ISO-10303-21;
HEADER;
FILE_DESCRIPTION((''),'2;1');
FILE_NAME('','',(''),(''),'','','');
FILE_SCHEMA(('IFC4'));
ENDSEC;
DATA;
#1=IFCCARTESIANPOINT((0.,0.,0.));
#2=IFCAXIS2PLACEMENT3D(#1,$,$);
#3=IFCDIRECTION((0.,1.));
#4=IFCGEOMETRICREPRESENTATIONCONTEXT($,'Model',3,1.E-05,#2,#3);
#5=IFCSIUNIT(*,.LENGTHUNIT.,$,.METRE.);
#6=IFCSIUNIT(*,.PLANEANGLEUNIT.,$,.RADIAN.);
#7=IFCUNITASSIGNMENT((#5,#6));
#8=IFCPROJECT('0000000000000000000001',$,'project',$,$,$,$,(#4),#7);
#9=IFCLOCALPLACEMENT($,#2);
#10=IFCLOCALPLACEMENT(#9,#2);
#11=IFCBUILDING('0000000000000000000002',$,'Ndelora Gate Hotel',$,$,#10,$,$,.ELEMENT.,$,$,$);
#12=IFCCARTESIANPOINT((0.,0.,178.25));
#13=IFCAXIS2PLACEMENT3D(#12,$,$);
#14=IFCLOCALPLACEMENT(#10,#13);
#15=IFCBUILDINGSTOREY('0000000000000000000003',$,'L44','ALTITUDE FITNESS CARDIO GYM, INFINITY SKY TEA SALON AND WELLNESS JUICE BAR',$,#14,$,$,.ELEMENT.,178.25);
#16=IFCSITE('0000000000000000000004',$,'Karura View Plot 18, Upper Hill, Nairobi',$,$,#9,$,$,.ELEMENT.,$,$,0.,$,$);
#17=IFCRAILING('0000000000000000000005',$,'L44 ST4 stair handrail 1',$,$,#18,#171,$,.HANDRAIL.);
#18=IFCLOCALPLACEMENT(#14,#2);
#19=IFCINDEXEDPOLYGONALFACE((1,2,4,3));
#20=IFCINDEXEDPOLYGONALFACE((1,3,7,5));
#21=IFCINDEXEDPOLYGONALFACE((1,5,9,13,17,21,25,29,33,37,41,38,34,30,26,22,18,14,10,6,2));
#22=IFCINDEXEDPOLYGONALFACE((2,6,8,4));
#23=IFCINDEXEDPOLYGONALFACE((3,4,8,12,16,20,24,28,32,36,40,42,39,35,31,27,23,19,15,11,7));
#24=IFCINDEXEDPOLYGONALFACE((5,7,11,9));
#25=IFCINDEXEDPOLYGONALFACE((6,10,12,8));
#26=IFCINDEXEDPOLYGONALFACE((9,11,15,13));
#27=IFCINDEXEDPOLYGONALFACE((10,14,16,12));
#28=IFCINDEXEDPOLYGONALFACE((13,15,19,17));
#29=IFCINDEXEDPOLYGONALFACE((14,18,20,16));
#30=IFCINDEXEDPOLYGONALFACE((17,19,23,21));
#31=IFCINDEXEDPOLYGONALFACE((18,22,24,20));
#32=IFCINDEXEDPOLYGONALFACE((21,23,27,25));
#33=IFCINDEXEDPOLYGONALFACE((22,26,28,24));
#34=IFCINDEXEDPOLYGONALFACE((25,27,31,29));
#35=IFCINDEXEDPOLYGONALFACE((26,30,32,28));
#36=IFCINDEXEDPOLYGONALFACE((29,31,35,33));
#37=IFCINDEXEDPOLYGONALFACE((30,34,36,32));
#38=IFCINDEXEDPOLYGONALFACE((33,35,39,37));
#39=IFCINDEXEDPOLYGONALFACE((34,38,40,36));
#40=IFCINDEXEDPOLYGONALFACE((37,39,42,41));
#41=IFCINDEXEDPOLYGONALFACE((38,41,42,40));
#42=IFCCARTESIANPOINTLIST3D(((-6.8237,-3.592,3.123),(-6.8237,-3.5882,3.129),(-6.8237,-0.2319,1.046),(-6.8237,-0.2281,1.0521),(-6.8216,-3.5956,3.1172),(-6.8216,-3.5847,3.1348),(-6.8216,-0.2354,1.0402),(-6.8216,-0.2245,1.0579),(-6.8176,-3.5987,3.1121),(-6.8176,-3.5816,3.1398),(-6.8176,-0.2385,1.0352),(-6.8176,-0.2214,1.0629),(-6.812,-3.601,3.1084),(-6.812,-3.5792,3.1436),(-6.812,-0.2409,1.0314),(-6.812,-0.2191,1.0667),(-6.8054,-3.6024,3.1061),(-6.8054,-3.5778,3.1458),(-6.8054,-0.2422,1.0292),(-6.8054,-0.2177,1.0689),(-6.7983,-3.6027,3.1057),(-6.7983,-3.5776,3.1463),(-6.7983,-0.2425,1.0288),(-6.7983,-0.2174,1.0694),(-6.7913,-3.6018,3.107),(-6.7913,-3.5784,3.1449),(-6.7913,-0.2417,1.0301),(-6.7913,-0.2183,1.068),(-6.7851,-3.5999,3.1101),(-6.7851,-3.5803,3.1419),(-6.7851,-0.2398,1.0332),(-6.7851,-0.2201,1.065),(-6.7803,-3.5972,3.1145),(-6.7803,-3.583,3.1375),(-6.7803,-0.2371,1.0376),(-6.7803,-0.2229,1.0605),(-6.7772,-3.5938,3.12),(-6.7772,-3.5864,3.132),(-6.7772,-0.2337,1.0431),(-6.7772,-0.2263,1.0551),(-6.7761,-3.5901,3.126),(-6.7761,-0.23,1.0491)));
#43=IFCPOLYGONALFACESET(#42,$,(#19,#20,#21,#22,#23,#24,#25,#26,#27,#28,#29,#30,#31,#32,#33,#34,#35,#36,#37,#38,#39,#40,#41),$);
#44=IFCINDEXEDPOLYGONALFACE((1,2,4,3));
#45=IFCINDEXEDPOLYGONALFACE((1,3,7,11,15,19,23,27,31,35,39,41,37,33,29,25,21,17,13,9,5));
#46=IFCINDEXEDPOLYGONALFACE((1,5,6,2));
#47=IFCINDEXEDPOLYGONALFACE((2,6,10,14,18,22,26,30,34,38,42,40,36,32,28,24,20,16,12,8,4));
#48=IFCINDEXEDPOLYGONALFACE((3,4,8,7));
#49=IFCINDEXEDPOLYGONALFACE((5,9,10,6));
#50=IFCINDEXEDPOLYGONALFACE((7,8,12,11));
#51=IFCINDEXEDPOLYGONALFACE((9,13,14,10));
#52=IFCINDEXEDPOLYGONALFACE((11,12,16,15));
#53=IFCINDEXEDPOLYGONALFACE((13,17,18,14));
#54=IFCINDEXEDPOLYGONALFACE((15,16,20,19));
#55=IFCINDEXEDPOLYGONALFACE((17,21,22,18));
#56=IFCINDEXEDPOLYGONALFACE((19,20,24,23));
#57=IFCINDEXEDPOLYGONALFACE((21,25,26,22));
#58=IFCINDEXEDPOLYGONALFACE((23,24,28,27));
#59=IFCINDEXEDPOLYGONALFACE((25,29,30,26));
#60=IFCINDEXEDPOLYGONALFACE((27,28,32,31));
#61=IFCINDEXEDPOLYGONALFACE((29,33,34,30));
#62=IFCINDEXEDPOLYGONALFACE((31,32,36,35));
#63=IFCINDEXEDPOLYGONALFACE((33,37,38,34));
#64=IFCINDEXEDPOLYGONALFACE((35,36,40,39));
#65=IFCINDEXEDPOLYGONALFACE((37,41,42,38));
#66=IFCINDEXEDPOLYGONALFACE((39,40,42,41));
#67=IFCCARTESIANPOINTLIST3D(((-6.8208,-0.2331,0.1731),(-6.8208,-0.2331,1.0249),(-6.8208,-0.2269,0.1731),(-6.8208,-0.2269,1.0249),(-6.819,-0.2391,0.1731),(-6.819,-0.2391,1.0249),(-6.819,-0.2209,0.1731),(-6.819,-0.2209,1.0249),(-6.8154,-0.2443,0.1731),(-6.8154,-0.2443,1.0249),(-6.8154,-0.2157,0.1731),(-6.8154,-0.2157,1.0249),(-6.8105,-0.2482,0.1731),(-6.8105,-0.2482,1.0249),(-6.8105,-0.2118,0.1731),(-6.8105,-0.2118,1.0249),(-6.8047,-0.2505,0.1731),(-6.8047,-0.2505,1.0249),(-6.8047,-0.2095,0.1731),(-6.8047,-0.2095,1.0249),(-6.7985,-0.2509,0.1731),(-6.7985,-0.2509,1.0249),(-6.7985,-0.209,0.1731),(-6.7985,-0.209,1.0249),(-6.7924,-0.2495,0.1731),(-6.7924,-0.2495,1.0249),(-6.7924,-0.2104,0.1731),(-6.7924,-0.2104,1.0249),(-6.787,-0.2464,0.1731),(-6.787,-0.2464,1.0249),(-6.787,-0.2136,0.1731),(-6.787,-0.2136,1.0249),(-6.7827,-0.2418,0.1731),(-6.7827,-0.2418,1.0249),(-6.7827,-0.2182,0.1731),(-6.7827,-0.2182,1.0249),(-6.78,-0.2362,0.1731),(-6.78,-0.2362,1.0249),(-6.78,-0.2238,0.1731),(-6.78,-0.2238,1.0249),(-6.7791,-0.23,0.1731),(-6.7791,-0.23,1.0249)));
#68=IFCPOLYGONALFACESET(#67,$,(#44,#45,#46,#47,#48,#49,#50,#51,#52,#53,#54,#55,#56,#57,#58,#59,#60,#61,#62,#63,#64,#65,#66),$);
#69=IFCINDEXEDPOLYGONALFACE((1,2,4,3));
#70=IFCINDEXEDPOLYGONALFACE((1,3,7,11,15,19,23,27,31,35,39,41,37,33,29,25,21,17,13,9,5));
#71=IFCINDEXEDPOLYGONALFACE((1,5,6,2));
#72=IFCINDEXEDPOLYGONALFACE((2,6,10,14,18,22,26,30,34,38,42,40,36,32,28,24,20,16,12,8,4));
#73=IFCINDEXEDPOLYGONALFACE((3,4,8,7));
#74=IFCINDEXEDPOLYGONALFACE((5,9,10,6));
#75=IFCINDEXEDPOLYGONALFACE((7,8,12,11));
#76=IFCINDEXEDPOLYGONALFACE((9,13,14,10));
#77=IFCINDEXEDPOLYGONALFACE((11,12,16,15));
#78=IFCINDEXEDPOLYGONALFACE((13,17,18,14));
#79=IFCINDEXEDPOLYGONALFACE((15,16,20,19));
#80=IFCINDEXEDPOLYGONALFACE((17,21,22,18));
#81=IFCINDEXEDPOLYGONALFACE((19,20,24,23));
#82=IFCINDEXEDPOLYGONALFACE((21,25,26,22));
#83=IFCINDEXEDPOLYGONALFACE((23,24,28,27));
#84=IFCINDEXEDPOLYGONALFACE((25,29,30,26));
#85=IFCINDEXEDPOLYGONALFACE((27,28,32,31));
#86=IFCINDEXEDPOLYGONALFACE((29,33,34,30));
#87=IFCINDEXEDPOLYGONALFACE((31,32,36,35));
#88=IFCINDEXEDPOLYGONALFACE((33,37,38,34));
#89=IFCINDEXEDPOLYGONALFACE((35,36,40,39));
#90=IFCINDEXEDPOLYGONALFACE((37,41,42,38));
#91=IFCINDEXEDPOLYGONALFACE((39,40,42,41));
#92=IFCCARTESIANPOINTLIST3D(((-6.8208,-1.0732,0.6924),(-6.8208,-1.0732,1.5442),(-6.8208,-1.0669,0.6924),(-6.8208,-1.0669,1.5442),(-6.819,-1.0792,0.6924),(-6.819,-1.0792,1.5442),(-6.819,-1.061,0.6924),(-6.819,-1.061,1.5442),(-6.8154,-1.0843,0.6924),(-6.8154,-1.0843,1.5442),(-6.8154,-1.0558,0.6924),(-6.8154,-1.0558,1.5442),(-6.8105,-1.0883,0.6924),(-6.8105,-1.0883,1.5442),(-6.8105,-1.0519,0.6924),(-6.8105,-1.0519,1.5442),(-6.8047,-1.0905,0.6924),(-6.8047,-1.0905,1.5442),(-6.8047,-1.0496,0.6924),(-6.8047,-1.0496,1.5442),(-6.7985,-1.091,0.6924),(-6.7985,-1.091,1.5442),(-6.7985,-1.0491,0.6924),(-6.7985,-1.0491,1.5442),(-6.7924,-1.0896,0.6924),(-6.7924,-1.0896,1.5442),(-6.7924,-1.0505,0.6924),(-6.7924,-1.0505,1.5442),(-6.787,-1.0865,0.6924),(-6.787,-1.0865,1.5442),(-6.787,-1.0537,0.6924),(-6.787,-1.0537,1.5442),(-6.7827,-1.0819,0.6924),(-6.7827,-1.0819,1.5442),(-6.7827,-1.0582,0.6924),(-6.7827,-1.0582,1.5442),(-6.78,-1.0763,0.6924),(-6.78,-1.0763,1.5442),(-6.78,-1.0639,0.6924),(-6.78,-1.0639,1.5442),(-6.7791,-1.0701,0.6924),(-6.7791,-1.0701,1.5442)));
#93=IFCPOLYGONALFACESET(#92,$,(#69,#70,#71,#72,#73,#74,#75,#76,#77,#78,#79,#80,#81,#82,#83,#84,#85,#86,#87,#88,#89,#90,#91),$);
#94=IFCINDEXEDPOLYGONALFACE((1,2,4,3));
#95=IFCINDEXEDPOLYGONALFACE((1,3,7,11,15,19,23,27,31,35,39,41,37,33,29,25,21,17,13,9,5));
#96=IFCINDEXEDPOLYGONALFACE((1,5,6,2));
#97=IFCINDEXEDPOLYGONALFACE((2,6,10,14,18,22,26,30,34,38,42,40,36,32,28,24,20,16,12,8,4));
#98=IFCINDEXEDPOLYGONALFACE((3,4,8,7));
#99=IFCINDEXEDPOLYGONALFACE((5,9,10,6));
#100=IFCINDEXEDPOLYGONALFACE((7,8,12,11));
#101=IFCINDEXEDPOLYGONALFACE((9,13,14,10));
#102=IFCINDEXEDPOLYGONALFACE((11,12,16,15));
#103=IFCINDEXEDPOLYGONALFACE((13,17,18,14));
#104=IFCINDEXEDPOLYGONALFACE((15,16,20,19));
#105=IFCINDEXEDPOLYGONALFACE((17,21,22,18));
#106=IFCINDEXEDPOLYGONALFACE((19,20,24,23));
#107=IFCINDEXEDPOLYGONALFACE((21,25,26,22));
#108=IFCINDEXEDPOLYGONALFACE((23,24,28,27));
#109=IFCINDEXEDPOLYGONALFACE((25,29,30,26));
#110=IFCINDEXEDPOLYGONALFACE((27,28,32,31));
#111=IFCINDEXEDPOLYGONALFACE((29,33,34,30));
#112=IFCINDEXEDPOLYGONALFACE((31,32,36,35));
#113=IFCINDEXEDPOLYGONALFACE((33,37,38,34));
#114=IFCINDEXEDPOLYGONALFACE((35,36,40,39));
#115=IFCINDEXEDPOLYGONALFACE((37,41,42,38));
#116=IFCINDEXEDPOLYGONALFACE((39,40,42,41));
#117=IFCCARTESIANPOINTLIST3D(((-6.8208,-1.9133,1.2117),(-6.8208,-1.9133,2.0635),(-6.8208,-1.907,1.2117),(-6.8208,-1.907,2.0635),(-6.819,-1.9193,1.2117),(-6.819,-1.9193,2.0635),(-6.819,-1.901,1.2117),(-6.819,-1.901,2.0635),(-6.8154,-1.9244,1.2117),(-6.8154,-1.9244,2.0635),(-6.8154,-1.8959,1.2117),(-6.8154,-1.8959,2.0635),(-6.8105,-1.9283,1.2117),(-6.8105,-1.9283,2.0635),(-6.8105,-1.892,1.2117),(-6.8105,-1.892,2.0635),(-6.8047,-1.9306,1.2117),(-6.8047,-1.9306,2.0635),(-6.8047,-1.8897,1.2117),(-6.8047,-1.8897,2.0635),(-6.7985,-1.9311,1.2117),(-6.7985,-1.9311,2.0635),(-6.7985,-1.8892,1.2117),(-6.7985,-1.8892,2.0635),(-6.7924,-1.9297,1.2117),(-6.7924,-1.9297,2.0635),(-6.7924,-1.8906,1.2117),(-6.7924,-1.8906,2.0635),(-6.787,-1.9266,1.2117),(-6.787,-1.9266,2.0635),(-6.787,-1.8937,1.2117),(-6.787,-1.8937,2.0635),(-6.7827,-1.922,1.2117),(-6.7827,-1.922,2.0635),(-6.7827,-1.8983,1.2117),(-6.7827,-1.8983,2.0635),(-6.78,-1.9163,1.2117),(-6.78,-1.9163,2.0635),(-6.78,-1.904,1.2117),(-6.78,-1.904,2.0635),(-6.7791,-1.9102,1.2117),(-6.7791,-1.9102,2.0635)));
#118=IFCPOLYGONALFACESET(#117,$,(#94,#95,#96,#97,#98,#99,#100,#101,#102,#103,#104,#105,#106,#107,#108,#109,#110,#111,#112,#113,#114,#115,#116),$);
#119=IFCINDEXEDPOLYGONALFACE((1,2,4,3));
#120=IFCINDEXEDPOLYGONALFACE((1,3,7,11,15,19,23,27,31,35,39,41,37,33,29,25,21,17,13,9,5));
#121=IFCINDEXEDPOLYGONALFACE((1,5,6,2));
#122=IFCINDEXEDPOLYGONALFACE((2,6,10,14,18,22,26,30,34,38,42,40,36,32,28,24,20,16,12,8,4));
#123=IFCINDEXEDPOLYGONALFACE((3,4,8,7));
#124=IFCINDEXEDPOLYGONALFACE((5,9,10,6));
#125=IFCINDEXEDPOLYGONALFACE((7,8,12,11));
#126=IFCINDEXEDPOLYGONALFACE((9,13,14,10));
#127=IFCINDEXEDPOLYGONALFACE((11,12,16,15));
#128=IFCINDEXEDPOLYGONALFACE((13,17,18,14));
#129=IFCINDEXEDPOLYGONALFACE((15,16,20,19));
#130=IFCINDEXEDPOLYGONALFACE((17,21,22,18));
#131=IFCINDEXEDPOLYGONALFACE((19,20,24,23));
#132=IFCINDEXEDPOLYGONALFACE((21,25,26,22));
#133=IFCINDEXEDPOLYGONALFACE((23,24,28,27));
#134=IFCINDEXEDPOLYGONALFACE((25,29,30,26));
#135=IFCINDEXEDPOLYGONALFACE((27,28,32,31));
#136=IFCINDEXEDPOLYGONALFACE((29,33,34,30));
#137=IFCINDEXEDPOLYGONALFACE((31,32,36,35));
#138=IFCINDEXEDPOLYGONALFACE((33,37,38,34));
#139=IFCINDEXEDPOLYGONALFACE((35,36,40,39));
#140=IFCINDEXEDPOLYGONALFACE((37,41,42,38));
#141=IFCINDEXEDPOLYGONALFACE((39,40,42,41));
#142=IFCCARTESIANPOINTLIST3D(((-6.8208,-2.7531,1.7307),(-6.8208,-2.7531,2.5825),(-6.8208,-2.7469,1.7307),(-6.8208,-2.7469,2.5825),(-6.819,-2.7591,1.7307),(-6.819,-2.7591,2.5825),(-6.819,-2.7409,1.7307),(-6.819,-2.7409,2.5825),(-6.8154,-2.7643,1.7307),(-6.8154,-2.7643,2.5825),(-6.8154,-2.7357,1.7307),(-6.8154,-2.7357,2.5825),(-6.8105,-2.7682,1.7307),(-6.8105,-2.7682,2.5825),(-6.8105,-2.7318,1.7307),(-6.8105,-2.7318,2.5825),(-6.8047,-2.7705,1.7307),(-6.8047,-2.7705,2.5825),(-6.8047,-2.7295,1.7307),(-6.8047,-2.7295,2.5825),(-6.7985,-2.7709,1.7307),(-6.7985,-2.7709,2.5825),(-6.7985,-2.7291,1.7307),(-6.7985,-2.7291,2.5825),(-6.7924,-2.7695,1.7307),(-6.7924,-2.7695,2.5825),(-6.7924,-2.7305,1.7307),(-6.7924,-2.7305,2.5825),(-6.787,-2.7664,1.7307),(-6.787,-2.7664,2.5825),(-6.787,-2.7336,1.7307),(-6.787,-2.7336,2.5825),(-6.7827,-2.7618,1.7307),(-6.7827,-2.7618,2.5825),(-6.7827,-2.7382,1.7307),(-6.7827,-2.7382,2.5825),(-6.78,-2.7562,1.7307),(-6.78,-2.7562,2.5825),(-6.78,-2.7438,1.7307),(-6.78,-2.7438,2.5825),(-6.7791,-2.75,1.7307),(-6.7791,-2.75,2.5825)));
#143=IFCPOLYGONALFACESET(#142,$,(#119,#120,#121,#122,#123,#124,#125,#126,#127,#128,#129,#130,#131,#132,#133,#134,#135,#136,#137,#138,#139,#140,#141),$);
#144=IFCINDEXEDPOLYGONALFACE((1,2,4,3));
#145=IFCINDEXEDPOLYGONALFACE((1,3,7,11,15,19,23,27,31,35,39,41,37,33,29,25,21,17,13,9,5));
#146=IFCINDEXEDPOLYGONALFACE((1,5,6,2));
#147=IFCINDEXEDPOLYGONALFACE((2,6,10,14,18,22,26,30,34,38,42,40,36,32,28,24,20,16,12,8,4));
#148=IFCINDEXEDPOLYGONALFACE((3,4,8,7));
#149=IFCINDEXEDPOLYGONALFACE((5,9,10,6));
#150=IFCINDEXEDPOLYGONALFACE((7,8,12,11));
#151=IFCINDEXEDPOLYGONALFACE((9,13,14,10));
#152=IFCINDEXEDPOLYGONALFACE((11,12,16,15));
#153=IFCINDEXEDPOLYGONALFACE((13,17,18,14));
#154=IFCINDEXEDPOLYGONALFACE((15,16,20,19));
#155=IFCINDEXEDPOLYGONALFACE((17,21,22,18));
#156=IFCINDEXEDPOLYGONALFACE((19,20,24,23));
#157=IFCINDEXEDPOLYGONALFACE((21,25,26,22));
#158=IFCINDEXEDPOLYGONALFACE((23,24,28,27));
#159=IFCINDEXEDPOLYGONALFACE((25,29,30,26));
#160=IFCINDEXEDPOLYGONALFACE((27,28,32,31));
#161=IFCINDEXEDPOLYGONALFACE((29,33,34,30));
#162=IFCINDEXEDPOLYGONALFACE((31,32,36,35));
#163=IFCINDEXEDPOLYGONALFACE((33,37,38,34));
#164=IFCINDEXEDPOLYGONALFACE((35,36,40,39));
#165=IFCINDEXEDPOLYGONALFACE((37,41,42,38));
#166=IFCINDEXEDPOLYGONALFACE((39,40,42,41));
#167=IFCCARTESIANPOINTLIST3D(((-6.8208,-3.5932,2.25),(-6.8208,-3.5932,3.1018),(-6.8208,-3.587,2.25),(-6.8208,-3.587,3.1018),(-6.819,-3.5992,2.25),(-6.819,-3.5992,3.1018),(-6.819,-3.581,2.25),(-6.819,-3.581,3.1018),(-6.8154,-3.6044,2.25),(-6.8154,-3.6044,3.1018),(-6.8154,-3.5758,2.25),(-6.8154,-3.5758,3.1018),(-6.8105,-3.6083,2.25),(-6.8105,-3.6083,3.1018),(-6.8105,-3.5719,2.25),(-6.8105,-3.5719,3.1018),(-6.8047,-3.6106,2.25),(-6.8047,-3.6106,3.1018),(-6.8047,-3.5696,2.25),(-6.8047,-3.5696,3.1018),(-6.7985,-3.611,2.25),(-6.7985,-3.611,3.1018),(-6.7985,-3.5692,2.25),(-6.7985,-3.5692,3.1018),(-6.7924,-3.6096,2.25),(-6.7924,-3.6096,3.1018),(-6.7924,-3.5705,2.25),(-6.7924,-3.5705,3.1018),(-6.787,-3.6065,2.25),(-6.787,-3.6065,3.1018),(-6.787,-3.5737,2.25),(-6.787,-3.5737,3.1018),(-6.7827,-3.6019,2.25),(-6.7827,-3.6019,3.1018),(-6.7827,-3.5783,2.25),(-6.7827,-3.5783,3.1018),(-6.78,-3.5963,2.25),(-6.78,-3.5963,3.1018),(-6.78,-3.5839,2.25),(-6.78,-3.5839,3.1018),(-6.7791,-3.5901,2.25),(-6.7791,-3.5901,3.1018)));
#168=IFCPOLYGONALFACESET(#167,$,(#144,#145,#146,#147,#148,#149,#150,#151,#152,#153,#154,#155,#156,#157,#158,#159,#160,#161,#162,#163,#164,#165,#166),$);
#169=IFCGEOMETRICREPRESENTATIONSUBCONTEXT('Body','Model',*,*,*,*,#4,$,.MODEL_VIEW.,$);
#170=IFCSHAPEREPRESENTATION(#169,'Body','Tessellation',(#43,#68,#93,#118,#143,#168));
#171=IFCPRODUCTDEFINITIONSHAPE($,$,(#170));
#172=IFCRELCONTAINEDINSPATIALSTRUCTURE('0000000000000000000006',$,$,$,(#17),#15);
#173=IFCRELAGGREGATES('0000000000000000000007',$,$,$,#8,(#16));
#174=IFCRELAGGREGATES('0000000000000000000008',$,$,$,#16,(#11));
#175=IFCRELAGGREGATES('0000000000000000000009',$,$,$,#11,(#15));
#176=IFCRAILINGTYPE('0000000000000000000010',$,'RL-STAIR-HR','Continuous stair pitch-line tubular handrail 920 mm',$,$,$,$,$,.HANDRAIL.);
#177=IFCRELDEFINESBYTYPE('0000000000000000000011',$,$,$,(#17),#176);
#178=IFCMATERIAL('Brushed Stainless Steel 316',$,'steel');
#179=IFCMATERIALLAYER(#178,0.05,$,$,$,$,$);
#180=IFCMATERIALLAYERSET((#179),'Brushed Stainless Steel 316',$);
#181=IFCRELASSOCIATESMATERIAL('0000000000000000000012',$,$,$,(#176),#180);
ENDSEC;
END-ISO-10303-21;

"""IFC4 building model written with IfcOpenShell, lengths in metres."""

from ifc_helpers import new_model, si_unit, direction, frame, origin, origin_2d, place, context, subcontext, project, spatial, circle, extrude, material, layer, layer_set, type_object, element, save


model = new_model("IFC4")

# Units and contexts
model_context = context("Model", 3, precision=1e-05, world=origin(), true_north=direction((0.0, 1.0)))
body_context = subcontext(model_context, "Body", "Model", "MODEL_VIEW")
ifc_project = project(units=[si_unit("LENGTHUNIT", "METRE"), si_unit("PLANEANGLEUNIT", "RADIAN")], contexts=[model_context])

# Site, building, storey
site_placement = place(None, origin())
site = spatial("IfcSite", under=ifc_project, at=site_placement, Name="Karura View Plot 18, Upper Hill, Nairobi", CompositionType="ELEMENT", RefElevation=0.0)
building_placement = place(site_placement, origin())
building = spatial("IfcBuilding", under=site, at=building_placement, Name="Ndelora Gate Hotel", CompositionType="ELEMENT")
storey_placement = place(building_placement, frame((0.0, 0.0, 178.25)))
storey = spatial("IfcBuildingStorey", under=building, at=storey_placement, Name="L44", Description="ALTITUDE FITNESS CARDIO GYM, INFINITY SKY TEA SALON AND WELLNESS JUICE BAR", CompositionType="ELEMENT", Elevation=178.25)

# Railing
ifc_material_1 = material(Name="Brushed Stainless Steel 316", Category="steel")
ifc_layer_1 = layer(ifc_material_1, 0.05)
ifc_layer_set_1 = layer_set([ifc_layer_1], Name="Brushed Stainless Steel 316")
railing_type_1 = type_object("IfcRailingType", Name="RL-STAIR-HR", Description="Continuous stair pitch-line tubular handrail 920 mm", PredefinedType="HANDRAIL", material=ifc_layer_set_1)
railing_1_placement = place(storey_placement, frame((-6.8, -0.23, 0.1731)))
element("IfcRailing", 1, at=railing_1_placement, inside=storey, type_object=railing_type_1, Name="L44 ST4 stair handrail 1", PredefinedType="HANDRAIL", context=body_context, shape_type="SweptSolid", body=[
    extrude(circle(Radius=0.0239, at=origin_2d()), frame((0.0, 0.0, 0.876), z_axis=(0.0, -0.850623, 0.525776), x_axis=(1.0, 0.0, 0.0)), (0.0, 0.0, 1.0), 3.9502),
    extrude(circle(Radius=0.021, at=origin_2d()), origin(), (0.0, 0.0, 1.0), 0.8518),
    extrude(circle(Radius=0.021, at=origin_2d()), frame((0.0, -0.8401, 0.5193)), (0.0, 0.0, 1.0), 0.8518),
    extrude(circle(Radius=0.021, at=origin_2d()), frame((0.0, -1.6802, 1.0386)), (0.0, 0.0, 1.0), 0.8518),
    extrude(circle(Radius=0.021, at=origin_2d()), frame((0.0, -2.52, 1.5576)), (0.0, 0.0, 1.0), 0.8518),
    extrude(circle(Radius=0.021, at=origin_2d()), frame((0.0, -3.3601, 2.0769)), (0.0, 0.0, 1.0), 0.8518),
])

save(model, "model.ifc")
